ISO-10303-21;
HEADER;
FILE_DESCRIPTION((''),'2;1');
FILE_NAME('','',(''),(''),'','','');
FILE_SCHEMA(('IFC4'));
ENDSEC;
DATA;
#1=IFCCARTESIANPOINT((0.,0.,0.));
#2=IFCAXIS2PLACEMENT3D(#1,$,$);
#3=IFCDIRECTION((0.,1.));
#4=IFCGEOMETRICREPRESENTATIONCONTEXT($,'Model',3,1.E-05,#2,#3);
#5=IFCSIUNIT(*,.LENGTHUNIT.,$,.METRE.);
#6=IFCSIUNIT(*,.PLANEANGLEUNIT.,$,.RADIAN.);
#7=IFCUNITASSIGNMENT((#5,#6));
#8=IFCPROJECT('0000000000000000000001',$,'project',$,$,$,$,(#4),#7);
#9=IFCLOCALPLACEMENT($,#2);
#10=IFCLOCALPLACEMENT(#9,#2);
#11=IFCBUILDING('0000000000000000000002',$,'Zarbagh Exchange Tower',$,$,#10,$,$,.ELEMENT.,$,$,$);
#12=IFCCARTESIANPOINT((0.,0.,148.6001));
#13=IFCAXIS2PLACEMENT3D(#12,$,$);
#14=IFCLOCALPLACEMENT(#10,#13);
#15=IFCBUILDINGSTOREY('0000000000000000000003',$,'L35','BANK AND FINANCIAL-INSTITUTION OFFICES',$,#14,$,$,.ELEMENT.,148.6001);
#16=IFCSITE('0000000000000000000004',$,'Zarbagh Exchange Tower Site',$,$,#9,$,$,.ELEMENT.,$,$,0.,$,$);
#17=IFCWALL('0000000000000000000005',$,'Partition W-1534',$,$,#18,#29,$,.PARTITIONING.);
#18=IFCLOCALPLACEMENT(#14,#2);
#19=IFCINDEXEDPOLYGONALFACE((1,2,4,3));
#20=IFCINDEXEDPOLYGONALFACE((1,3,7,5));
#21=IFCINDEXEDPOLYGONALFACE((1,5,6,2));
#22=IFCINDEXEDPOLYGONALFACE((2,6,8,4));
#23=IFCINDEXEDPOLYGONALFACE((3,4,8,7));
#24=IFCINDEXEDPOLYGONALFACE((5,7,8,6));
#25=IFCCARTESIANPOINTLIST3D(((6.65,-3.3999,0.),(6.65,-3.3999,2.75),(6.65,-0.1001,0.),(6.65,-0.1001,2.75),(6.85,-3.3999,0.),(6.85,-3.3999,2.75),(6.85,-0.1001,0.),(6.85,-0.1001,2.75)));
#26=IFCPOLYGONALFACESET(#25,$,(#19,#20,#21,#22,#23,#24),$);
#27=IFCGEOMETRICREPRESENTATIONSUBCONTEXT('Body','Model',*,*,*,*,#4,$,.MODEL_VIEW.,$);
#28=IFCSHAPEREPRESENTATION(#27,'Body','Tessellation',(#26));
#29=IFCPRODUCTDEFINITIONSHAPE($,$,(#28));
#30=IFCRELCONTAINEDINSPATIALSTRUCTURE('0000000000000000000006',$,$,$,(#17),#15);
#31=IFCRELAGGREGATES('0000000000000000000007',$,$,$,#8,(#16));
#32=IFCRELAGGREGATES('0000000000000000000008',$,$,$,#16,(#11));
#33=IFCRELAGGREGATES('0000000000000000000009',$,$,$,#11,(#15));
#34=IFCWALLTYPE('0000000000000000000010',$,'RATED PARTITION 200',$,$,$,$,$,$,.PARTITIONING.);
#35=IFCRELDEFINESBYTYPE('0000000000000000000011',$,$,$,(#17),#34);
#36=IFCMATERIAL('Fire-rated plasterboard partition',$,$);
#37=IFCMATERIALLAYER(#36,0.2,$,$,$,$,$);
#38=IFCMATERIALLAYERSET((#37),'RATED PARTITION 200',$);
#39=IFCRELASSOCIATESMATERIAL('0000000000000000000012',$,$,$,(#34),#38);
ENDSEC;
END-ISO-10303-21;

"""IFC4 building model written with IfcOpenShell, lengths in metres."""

from ifc_helpers import new_model, si_unit, direction, frame, frame_2d, origin, place, context, subcontext, project, spatial, rectangle, extrude, material, layer, layer_set, type_object, element, save


model = new_model("IFC4")

# Units and contexts
model_context = context("Model", 3, precision=1e-05, world=origin(), true_north=direction((0.0, 1.0)))
body_context = subcontext(model_context, "Body", "Model", "MODEL_VIEW")
ifc_project = project(units=[si_unit("LENGTHUNIT", "METRE"), si_unit("PLANEANGLEUNIT", "RADIAN")], contexts=[model_context])

# Site, building, storey
site_placement = place(None, origin())
site = spatial("IfcSite", under=ifc_project, at=site_placement, Name="Zarbagh Exchange Tower Site", CompositionType="ELEMENT", RefElevation=0.0)
building_placement = place(site_placement, origin())
building = spatial("IfcBuilding", under=site, at=building_placement, Name="Zarbagh Exchange Tower", CompositionType="ELEMENT")
storey_placement = place(building_placement, frame((0.0, 0.0, 148.6001)))
storey = spatial("IfcBuildingStorey", under=building, at=storey_placement, Name="L35", Description="BANK AND FINANCIAL-INSTITUTION OFFICES", CompositionType="ELEMENT", Elevation=148.6001)

# Shared definitions
ifc_material_1 = material(Name="Fire-rated plasterboard partition")
ifc_layer_1 = layer(ifc_material_1, 0.2)
ifc_layer_set_1 = layer_set([ifc_layer_1], Name="RATED PARTITION 200")
wall_type = type_object("IfcWallType", Name="RATED PARTITION 200", PredefinedType="PARTITIONING", material=ifc_layer_set_1)

# Wall
wall_1_placement = place(storey_placement, frame((6.75, -3.3999, 0.0), z_axis=(0.0, 0.0, 1.0), x_axis=(0.0, 1.0, 0.0)))
element("IfcWall", 1, at=wall_1_placement, inside=storey, type_object=wall_type, Name="Partition W-1534", PredefinedType="PARTITIONING", context=body_context, shape_type="SweptSolid", body=[
    extrude(rectangle(XDim=3.2998, YDim=0.2, at=frame_2d((1.6499, 0.0))), origin(), (0.0, 0.0, 1.0), 2.75),
])

save(model, "model.ifc")
